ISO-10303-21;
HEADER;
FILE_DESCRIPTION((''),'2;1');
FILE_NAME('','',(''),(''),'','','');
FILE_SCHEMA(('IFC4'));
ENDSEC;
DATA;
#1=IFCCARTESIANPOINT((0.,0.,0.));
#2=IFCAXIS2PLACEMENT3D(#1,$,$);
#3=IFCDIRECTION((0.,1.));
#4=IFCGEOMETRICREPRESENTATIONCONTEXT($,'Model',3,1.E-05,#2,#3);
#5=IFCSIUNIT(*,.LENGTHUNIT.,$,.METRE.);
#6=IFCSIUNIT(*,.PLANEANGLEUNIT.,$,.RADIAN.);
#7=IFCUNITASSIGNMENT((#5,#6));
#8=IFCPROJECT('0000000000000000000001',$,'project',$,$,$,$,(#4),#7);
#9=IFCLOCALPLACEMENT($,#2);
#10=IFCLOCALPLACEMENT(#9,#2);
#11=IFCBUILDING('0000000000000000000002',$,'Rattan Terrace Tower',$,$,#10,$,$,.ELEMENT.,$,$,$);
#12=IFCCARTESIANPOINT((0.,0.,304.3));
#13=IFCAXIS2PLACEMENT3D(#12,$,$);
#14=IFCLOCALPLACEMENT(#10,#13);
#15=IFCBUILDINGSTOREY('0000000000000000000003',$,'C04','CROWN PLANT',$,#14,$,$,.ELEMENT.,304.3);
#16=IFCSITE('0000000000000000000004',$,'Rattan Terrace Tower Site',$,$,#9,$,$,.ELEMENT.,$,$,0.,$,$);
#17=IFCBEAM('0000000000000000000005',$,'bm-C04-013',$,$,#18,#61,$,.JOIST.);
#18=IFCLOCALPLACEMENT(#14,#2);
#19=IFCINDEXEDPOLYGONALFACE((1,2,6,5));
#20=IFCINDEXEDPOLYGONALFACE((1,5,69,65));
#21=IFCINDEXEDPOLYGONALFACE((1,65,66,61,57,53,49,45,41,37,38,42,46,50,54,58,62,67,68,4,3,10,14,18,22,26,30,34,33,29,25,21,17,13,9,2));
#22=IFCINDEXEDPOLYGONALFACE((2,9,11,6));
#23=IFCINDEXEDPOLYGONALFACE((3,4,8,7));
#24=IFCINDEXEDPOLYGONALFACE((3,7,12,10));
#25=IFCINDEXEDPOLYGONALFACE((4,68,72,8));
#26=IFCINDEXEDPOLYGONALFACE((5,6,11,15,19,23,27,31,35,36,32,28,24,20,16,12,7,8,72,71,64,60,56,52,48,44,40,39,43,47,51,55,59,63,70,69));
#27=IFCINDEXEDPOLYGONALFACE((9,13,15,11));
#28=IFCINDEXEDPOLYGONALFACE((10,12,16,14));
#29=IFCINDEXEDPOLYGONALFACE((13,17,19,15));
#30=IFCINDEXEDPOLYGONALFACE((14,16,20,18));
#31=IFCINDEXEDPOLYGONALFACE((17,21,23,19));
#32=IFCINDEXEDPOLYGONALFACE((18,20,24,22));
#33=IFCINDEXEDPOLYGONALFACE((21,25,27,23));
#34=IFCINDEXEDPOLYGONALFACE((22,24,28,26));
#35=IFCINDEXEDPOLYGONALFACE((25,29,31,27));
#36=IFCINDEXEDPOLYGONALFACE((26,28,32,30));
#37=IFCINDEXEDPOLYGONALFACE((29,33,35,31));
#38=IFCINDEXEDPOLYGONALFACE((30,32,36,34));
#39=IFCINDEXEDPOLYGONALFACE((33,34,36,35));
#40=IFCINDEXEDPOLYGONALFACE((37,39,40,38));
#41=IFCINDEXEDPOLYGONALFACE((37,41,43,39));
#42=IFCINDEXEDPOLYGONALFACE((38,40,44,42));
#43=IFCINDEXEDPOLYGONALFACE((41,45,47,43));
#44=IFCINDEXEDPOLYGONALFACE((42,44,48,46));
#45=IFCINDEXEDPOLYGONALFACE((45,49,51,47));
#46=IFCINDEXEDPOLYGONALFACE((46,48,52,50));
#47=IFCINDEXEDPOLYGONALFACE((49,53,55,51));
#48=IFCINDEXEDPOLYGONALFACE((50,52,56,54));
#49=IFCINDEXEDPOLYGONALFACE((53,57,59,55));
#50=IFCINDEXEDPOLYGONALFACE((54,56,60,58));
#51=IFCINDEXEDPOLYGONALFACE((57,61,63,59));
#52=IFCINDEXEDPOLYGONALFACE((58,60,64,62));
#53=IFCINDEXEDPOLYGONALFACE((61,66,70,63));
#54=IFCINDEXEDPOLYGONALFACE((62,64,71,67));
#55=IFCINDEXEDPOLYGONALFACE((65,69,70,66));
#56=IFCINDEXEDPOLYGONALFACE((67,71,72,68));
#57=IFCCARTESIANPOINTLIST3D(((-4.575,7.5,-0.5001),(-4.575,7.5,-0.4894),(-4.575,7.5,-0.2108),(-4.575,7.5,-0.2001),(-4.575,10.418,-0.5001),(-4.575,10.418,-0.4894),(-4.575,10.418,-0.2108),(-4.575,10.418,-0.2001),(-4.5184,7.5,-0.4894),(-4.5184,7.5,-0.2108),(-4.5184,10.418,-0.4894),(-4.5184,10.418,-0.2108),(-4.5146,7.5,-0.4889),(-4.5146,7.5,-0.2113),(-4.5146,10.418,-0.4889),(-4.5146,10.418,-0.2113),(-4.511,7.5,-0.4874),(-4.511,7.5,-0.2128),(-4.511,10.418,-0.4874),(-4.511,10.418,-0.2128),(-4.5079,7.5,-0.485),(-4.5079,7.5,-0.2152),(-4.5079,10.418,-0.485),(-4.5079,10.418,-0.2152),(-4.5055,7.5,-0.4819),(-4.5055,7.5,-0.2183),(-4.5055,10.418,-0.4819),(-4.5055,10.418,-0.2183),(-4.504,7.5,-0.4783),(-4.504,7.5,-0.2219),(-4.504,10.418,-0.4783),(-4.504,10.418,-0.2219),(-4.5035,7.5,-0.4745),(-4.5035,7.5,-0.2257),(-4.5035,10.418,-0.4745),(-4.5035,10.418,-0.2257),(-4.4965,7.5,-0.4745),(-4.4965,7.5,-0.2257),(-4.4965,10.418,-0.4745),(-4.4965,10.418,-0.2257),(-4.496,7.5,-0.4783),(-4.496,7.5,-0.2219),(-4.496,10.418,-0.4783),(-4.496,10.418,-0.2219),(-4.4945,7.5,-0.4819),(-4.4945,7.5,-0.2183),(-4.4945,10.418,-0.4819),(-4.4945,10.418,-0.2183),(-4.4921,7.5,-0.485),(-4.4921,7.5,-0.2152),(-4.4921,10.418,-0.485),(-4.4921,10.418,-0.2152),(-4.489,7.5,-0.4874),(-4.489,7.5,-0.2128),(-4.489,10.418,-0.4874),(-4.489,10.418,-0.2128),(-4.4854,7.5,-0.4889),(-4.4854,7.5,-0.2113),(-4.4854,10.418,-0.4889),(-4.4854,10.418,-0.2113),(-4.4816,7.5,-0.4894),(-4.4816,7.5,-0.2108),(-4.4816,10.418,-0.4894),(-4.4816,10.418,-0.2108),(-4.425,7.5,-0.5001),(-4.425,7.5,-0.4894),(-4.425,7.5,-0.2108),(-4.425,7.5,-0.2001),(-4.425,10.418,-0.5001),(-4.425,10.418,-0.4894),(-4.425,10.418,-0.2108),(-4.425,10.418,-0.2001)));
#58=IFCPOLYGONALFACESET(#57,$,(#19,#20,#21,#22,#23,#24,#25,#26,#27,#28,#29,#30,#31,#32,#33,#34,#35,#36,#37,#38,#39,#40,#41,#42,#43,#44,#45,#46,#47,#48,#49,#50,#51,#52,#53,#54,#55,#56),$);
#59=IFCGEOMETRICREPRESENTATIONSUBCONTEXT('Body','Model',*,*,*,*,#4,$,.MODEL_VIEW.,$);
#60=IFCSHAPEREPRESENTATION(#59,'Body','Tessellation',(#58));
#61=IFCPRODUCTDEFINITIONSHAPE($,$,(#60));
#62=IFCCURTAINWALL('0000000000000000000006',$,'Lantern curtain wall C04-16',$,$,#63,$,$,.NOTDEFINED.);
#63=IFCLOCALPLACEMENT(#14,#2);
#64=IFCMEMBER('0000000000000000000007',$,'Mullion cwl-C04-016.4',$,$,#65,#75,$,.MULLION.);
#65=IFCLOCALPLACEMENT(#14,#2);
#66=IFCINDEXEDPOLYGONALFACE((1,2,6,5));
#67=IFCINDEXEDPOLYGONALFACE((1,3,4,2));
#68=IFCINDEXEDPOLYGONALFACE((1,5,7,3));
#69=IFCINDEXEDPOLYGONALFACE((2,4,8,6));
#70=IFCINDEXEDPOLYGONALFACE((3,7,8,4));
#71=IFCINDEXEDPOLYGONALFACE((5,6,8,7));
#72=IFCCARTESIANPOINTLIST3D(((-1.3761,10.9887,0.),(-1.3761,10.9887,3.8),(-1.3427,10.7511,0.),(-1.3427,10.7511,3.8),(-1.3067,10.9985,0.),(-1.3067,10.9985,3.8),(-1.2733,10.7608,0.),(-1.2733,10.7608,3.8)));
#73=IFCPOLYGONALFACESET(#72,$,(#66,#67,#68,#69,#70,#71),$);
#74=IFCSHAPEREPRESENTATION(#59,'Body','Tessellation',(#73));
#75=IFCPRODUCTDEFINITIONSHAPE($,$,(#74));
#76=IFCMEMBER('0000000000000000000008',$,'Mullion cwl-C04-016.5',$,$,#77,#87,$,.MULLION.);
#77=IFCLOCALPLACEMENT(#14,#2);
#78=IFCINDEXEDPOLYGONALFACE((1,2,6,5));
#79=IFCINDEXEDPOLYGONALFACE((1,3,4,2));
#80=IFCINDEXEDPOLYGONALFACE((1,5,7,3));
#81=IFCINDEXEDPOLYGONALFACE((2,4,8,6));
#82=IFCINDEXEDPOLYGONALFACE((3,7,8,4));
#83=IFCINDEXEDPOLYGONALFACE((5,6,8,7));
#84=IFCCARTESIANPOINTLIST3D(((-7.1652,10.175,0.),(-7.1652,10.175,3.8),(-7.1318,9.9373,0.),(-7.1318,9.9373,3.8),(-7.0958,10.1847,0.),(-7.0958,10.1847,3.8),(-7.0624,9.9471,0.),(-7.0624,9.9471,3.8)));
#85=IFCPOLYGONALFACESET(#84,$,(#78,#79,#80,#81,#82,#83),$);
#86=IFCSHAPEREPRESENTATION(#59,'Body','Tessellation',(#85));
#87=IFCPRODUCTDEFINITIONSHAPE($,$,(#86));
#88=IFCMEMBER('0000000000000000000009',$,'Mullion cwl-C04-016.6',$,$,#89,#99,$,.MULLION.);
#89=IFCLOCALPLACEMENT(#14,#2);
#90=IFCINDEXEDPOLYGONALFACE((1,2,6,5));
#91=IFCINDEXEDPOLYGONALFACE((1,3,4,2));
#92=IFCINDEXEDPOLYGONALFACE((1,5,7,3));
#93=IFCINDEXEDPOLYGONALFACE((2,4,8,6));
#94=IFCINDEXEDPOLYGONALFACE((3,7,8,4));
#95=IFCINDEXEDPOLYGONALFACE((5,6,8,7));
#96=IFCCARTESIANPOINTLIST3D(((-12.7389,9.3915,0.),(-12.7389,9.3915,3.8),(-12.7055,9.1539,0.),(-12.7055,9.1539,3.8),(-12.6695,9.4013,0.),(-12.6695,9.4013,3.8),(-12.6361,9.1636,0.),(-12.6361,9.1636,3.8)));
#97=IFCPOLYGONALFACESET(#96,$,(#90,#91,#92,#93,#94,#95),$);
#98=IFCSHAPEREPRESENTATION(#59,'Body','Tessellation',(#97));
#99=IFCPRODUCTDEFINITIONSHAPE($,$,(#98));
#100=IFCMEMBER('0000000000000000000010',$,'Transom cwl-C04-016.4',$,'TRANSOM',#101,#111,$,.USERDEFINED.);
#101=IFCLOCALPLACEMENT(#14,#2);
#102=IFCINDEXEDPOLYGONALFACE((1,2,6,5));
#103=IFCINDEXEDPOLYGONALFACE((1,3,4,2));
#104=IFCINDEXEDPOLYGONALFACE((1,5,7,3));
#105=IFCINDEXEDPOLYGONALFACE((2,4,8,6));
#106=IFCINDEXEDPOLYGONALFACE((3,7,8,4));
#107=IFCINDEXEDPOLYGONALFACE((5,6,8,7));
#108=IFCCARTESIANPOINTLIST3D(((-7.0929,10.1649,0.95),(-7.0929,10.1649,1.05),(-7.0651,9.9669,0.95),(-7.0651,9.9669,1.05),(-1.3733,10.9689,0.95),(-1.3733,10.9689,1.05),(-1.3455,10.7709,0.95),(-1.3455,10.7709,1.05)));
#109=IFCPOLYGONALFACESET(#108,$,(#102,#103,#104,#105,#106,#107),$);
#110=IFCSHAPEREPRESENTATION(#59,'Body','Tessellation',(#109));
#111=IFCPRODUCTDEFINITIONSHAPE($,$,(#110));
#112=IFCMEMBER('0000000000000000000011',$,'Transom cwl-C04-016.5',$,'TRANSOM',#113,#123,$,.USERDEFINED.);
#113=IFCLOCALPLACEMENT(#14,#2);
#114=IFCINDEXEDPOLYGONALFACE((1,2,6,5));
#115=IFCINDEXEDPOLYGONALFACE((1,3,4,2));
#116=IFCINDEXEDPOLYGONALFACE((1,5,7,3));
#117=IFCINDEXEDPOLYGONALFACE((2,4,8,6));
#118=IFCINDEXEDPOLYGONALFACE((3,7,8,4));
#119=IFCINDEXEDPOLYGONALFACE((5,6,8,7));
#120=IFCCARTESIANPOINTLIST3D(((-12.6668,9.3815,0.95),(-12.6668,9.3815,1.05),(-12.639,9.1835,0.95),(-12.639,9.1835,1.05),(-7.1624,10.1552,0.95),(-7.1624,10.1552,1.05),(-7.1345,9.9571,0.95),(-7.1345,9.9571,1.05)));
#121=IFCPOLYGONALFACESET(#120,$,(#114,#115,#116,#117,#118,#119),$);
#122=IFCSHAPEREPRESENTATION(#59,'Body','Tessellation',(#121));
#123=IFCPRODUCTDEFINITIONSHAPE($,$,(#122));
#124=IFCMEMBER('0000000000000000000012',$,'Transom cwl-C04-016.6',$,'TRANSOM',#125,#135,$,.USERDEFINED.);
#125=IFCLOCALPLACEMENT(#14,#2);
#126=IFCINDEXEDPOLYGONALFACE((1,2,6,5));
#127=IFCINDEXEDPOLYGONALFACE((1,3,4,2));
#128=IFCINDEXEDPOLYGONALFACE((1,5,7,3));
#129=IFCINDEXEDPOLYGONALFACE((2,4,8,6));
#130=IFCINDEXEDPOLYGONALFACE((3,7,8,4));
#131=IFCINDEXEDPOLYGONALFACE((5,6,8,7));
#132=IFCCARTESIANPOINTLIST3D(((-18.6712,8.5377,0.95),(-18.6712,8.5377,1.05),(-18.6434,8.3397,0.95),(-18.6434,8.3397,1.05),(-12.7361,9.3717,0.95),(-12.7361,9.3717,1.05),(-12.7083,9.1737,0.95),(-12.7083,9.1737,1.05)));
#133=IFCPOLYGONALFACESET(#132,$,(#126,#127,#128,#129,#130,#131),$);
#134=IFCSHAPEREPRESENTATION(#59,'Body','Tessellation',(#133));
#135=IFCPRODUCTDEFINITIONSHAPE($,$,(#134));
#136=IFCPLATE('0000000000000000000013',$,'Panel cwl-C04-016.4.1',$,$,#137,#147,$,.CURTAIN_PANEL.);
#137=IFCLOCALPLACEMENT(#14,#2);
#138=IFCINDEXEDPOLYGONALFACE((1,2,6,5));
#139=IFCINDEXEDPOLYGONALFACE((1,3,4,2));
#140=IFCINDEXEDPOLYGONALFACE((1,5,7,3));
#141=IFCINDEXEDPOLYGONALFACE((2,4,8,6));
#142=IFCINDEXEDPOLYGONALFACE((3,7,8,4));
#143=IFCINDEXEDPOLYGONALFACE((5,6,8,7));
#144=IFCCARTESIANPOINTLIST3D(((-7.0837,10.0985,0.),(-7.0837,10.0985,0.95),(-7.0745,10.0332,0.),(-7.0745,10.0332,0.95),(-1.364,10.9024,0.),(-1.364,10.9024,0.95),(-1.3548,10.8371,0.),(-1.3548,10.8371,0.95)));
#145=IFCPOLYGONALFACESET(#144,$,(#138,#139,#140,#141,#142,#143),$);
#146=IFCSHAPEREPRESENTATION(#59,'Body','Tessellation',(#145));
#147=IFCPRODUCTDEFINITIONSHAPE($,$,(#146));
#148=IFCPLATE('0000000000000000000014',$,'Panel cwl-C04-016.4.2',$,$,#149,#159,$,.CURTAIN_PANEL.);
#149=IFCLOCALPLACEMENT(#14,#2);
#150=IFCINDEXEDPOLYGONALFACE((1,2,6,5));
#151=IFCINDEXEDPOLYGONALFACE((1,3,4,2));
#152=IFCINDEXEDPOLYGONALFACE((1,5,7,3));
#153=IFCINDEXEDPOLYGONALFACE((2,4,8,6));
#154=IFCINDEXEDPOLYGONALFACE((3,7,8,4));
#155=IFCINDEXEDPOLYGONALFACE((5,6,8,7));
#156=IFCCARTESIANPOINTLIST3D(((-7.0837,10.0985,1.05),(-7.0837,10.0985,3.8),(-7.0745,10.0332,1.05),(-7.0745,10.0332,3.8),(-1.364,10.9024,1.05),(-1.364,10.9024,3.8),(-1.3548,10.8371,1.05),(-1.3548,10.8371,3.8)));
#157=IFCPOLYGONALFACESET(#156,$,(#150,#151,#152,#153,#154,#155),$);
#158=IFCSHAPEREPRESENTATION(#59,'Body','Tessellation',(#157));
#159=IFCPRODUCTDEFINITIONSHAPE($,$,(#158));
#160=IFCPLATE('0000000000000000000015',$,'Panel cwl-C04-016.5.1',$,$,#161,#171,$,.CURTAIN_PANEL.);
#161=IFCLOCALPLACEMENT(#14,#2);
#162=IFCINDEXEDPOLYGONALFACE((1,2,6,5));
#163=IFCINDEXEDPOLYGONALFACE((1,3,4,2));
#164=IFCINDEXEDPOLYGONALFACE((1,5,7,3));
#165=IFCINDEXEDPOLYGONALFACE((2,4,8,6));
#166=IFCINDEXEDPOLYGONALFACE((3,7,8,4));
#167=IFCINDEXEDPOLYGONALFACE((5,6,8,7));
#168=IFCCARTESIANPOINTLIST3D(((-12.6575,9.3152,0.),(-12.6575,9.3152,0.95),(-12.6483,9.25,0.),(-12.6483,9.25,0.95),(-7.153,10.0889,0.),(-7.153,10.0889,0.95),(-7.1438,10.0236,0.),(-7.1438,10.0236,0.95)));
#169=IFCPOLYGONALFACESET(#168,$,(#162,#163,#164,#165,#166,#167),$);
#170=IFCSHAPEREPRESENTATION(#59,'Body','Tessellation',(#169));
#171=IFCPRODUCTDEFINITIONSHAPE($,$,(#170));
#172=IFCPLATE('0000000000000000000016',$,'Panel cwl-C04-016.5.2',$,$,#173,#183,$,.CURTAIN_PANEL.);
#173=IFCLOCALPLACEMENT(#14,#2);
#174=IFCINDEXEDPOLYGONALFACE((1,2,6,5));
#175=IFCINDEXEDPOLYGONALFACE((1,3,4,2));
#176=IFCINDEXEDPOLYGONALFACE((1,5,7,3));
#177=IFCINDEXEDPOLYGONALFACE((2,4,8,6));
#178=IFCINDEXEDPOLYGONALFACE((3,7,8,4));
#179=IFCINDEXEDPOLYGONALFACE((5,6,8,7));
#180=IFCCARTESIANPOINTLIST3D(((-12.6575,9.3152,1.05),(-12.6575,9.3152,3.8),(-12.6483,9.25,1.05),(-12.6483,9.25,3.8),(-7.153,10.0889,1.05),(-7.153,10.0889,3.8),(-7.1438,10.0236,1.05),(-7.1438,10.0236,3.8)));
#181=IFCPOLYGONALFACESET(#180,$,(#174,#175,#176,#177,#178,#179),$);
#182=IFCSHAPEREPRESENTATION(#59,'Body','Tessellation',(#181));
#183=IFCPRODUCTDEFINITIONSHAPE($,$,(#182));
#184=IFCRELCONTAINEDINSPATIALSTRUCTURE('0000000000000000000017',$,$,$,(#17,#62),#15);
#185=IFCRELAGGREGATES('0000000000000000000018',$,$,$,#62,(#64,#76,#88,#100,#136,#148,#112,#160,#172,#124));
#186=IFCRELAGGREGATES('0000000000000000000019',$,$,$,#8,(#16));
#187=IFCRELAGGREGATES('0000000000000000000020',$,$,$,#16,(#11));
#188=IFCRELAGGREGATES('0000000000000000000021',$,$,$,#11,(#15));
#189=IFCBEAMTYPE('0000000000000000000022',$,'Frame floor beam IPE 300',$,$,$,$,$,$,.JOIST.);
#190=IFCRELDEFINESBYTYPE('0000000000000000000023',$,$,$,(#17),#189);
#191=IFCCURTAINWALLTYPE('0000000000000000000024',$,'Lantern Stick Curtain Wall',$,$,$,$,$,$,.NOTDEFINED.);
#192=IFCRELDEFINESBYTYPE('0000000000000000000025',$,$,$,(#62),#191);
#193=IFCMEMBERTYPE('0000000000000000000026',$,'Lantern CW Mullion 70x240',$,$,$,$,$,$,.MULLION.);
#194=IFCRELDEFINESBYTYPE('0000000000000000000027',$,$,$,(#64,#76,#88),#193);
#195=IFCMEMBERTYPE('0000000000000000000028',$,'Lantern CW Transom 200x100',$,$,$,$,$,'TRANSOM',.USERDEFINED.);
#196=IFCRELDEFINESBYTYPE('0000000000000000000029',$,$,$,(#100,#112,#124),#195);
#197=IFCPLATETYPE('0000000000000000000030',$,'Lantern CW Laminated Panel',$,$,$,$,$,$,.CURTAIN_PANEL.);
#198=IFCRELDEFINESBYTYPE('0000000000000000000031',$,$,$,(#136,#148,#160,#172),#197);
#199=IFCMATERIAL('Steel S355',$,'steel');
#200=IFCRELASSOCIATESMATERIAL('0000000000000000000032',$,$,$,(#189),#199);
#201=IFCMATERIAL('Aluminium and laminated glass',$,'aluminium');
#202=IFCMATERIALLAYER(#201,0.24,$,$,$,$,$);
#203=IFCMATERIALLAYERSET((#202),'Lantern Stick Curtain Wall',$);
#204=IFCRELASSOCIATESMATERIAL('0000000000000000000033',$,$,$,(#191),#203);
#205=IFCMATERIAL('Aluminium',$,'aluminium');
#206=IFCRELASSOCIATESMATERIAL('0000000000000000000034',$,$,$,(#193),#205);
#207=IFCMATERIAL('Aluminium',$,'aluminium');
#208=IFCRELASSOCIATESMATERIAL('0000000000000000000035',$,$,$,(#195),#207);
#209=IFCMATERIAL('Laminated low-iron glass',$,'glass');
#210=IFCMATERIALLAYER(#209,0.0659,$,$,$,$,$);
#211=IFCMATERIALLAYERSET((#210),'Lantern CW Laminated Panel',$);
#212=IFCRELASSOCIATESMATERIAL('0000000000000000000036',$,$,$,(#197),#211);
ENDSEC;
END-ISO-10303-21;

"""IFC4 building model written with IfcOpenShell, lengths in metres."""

from ifc_helpers import new_model, si_unit, direction, frame, origin, origin_2d, place, context, subcontext, project, spatial, rectangle, i_section, extrude, material, layer, layer_set, material_profile, profile_set, type_object, element, aggregate, save


model = new_model("IFC4")

# Units and contexts
model_context = context("Model", 3, precision=1e-05, world=origin(), true_north=direction((0.0, 1.0)))
body_context = subcontext(model_context, "Body", "Model", "MODEL_VIEW")
ifc_project = project(units=[si_unit("LENGTHUNIT", "METRE"), si_unit("PLANEANGLEUNIT", "RADIAN")], contexts=[model_context])

# Site, building, storey
site_placement = place(None, origin())
site = spatial("IfcSite", under=ifc_project, at=site_placement, Name="Rattan Terrace Tower Site", CompositionType="ELEMENT", RefElevation=0.0)
building_placement = place(site_placement, origin())
building = spatial("IfcBuilding", under=site, at=building_placement, Name="Rattan Terrace Tower", CompositionType="ELEMENT")
storey_placement = place(building_placement, frame((0.0, 0.0, 304.3)))
storey = spatial("IfcBuildingStorey", under=building, at=storey_placement, Name="C04", Description="CROWN PLANT", CompositionType="ELEMENT", Elevation=304.3)

# Beam
ifc_material_1 = material(Name="Steel S355", Category="steel")
ifc_material_profile_1 = material_profile(ifc_material_1, i_section(OverallWidth=0.1499, OverallDepth=0.3, WebThickness=0.0071, FlangeThickness=0.0107, FilletRadius=0.0149, at=origin_2d()), Name="IPE 300")
ifc_profile_set_1 = profile_set([ifc_material_profile_1], Name="Steel S355")
beam_type = type_object("IfcBeamType", Name="Frame floor beam IPE 300", PredefinedType="JOIST", material=ifc_profile_set_1)
beam_1_placement = place(storey_placement, frame((-4.5, 7.5, -0.3501), z_axis=(0.0, 1.0, 0.0), x_axis=(-1.0, 0.0, 0.0)))
element("IfcBeam", 1, at=beam_1_placement, inside=storey, type_object=beam_type, Name="bm-C04-013", PredefinedType="JOIST", context=body_context, shape_type="SweptSolid", body=[
    extrude(i_section(OverallWidth=0.1499, OverallDepth=0.3, WebThickness=0.0071, FlangeThickness=0.0107, FilletRadius=0.0149, at=origin_2d()), origin(), (0.0, 0.0, 1.0), 2.918),
])

# Curtain wall, members, plates
ifc_material_2 = material(Name="Aluminium and laminated glass", Category="aluminium")
ifc_layer_1 = layer(ifc_material_2, 0.24)
ifc_layer_set_1 = layer_set([ifc_layer_1], Name="Lantern Stick Curtain Wall")
curtain_wall_type = type_object("IfcCurtainWallType", Name="Lantern Stick Curtain Wall", PredefinedType="NOTDEFINED", material=ifc_layer_set_1)
curtain_wall_placement = place(storey_placement, origin())
curtain_wall = element("IfcCurtainWall", 2, at=curtain_wall_placement, inside=storey, type_object=curtain_wall_type, Name="Lantern curtain wall C04-16", PredefinedType="NOTDEFINED")
ifc_material_3 = material(Name="Aluminium", Category="aluminium")
ifc_material_profile_2 = material_profile(ifc_material_3, rectangle(XDim=0.0701, YDim=0.24, at=origin_2d()), Name="Aluminium 70x240")
ifc_profile_set_2 = profile_set([ifc_material_profile_2], Name="Aluminium")
member_type_1 = type_object("IfcMemberType", Name="Lantern CW Mullion 70x240", PredefinedType="MULLION", material=ifc_profile_set_2)
member_1_placement = place(storey_placement, frame((-1.3247, 10.8748, 0.0), z_axis=(0.0, 0.0, 1.0), x_axis=(-0.990267, -0.139181, 0.0)))
member_1 = element("IfcMember", 3, at=member_1_placement, type_object=member_type_1, Name="Mullion cwl-C04-016.4", PredefinedType="MULLION", context=body_context, shape_type="SweptSolid", body=[
    extrude(rectangle(XDim=0.0701, YDim=0.24, at=origin_2d()), origin(), (0.0, 0.0, 1.0), 3.8),
])
member_2_placement = place(storey_placement, frame((-7.1138, 10.061, 0.0), z_axis=(0.0, 0.0, 1.0), x_axis=(-0.990267, -0.139181, 0.0)))
member_2 = element("IfcMember", 4, at=member_2_placement, type_object=member_type_1, Name="Mullion cwl-C04-016.5", PredefinedType="MULLION", context=body_context, shape_type="SweptSolid", body=[
    extrude(rectangle(XDim=0.0701, YDim=0.24, at=origin_2d()), origin(), (0.0, 0.0, 1.0), 3.8),
])
member_3_placement = place(storey_placement, frame((-12.6875, 9.2776, 0.0), z_axis=(0.0, 0.0, 1.0), x_axis=(-0.990267, -0.139181, 0.0)))
member_3 = element("IfcMember", 5, at=member_3_placement, type_object=member_type_1, Name="Mullion cwl-C04-016.6", PredefinedType="MULLION", context=body_context, shape_type="SweptSolid", body=[
    extrude(rectangle(XDim=0.0701, YDim=0.24, at=origin_2d()), origin(), (0.0, 0.0, 1.0), 3.8),
])
ifc_material_4 = material(Name="Aluminium", Category="aluminium")
ifc_material_profile_3 = material_profile(ifc_material_4, rectangle(XDim=0.2, YDim=0.1001, at=origin_2d()), Name="Aluminium 200x100")
ifc_profile_set_3 = profile_set([ifc_material_profile_3], Name="Aluminium")
member_type_2 = type_object("IfcMemberType", Name="Lantern CW Transom 200x100", ElementType="TRANSOM", PredefinedType="USERDEFINED", material=ifc_profile_set_3)
member_4_placement = place(storey_placement, frame((-1.3594, 10.8699, 1.0), z_axis=(-0.990266, -0.13919, 0.0), x_axis=(0.13919, -0.990266, 0.0)))
member_4 = element("IfcMember", 6, at=member_4_placement, type_object=member_type_2, Name="Transom cwl-C04-016.4", ObjectType="TRANSOM", PredefinedType="USERDEFINED", context=body_context, shape_type="SweptSolid", body=[
    extrude(rectangle(XDim=0.2, YDim=0.1001, at=origin_2d()), origin(), (0.0, 0.0, 1.0), 5.7759),
])
member_5_placement = place(storey_placement, frame((-7.1484, 10.0562, 1.0), z_axis=(-0.990266, -0.139189, 0.0), x_axis=(0.139189, -0.990266, 0.0)))
member_5 = element("IfcMember", 7, at=member_5_placement, type_object=member_type_2, Name="Transom cwl-C04-016.5", ObjectType="TRANSOM", PredefinedType="USERDEFINED", context=body_context, shape_type="SweptSolid", body=[
    extrude(rectangle(XDim=0.2, YDim=0.1001, at=origin_2d()), origin(), (0.0, 0.0, 1.0), 5.5586),
])
member_6_placement = place(storey_placement, frame((-12.7222, 9.2727, 1.0), z_axis=(-0.990271, -0.139151, 0.0), x_axis=(0.139151, -0.990271, 0.0)))
member_6 = element("IfcMember", 8, at=member_6_placement, type_object=member_type_2, Name="Transom cwl-C04-016.6", ObjectType="TRANSOM", PredefinedType="USERDEFINED", context=body_context, shape_type="SweptSolid", body=[
    extrude(rectangle(XDim=0.2, YDim=0.1001, at=origin_2d()), origin(), (0.0, 0.0, 1.0), 5.9934),
])
ifc_material_5 = material(Name="Laminated low-iron glass", Category="glass")
ifc_layer_2 = layer(ifc_material_5, 0.0659)
ifc_layer_set_2 = layer_set([ifc_layer_2], Name="Lantern CW Laminated Panel")
plate_type = type_object("IfcPlateType", Name="Lantern CW Laminated Panel", PredefinedType="CURTAIN_PANEL", material=ifc_layer_set_2)
plate_1_placement = place(storey_placement, frame((-4.2192, 10.4678, 0.0), z_axis=(0.0, 0.0, 1.0), x_axis=(-0.990267, -0.139181, 0.0)))
plate_1 = element("IfcPlate", 9, at=plate_1_placement, type_object=plate_type, Name="Panel cwl-C04-016.4.1", PredefinedType="CURTAIN_PANEL", context=body_context, shape_type="SweptSolid", body=[
    extrude(rectangle(XDim=5.7759, YDim=0.0659, at=origin_2d()), origin(), (0.0, 0.0, 1.0), 0.95),
])
plate_2_placement = place(storey_placement, frame((-4.2192, 10.4678, 1.05), z_axis=(0.0, 0.0, 1.0), x_axis=(-0.990267, -0.139181, 0.0)))
plate_2 = element("IfcPlate", 10, at=plate_2_placement, type_object=plate_type, Name="Panel cwl-C04-016.4.2", PredefinedType="CURTAIN_PANEL", context=body_context, shape_type="SweptSolid", body=[
    extrude(rectangle(XDim=5.7759, YDim=0.0659, at=origin_2d()), origin(), (0.0, 0.0, 1.0), 2.75),
])
plate_3_placement = place(storey_placement, frame((-9.9006, 9.6694, 0.0), z_axis=(0.0, 0.0, 1.0), x_axis=(-0.990267, -0.139181, 0.0)))
plate_3 = element("IfcPlate", 11, at=plate_3_placement, type_object=plate_type, Name="Panel cwl-C04-016.5.1", PredefinedType="CURTAIN_PANEL", context=body_context, shape_type="SweptSolid", body=[
    extrude(rectangle(XDim=5.5586, YDim=0.0659, at=origin_2d()), origin(), (0.0, 0.0, 1.0), 0.95),
])
plate_4_placement = place(storey_placement, frame((-9.9006, 9.6694, 1.05), z_axis=(0.0, 0.0, 1.0), x_axis=(-0.990267, -0.139181, 0.0)))
plate_4 = element("IfcPlate", 12, at=plate_4_placement, type_object=plate_type, Name="Panel cwl-C04-016.5.2", PredefinedType="CURTAIN_PANEL", context=body_context, shape_type="SweptSolid", body=[
    extrude(rectangle(XDim=5.5586, YDim=0.0659, at=origin_2d()), origin(), (0.0, 0.0, 1.0), 2.75),
])
aggregate(curtain_wall, [member_1, member_2, member_3, member_4, plate_1, plate_2, member_5, plate_3, plate_4, member_6])

save(model, "model.ifc")
